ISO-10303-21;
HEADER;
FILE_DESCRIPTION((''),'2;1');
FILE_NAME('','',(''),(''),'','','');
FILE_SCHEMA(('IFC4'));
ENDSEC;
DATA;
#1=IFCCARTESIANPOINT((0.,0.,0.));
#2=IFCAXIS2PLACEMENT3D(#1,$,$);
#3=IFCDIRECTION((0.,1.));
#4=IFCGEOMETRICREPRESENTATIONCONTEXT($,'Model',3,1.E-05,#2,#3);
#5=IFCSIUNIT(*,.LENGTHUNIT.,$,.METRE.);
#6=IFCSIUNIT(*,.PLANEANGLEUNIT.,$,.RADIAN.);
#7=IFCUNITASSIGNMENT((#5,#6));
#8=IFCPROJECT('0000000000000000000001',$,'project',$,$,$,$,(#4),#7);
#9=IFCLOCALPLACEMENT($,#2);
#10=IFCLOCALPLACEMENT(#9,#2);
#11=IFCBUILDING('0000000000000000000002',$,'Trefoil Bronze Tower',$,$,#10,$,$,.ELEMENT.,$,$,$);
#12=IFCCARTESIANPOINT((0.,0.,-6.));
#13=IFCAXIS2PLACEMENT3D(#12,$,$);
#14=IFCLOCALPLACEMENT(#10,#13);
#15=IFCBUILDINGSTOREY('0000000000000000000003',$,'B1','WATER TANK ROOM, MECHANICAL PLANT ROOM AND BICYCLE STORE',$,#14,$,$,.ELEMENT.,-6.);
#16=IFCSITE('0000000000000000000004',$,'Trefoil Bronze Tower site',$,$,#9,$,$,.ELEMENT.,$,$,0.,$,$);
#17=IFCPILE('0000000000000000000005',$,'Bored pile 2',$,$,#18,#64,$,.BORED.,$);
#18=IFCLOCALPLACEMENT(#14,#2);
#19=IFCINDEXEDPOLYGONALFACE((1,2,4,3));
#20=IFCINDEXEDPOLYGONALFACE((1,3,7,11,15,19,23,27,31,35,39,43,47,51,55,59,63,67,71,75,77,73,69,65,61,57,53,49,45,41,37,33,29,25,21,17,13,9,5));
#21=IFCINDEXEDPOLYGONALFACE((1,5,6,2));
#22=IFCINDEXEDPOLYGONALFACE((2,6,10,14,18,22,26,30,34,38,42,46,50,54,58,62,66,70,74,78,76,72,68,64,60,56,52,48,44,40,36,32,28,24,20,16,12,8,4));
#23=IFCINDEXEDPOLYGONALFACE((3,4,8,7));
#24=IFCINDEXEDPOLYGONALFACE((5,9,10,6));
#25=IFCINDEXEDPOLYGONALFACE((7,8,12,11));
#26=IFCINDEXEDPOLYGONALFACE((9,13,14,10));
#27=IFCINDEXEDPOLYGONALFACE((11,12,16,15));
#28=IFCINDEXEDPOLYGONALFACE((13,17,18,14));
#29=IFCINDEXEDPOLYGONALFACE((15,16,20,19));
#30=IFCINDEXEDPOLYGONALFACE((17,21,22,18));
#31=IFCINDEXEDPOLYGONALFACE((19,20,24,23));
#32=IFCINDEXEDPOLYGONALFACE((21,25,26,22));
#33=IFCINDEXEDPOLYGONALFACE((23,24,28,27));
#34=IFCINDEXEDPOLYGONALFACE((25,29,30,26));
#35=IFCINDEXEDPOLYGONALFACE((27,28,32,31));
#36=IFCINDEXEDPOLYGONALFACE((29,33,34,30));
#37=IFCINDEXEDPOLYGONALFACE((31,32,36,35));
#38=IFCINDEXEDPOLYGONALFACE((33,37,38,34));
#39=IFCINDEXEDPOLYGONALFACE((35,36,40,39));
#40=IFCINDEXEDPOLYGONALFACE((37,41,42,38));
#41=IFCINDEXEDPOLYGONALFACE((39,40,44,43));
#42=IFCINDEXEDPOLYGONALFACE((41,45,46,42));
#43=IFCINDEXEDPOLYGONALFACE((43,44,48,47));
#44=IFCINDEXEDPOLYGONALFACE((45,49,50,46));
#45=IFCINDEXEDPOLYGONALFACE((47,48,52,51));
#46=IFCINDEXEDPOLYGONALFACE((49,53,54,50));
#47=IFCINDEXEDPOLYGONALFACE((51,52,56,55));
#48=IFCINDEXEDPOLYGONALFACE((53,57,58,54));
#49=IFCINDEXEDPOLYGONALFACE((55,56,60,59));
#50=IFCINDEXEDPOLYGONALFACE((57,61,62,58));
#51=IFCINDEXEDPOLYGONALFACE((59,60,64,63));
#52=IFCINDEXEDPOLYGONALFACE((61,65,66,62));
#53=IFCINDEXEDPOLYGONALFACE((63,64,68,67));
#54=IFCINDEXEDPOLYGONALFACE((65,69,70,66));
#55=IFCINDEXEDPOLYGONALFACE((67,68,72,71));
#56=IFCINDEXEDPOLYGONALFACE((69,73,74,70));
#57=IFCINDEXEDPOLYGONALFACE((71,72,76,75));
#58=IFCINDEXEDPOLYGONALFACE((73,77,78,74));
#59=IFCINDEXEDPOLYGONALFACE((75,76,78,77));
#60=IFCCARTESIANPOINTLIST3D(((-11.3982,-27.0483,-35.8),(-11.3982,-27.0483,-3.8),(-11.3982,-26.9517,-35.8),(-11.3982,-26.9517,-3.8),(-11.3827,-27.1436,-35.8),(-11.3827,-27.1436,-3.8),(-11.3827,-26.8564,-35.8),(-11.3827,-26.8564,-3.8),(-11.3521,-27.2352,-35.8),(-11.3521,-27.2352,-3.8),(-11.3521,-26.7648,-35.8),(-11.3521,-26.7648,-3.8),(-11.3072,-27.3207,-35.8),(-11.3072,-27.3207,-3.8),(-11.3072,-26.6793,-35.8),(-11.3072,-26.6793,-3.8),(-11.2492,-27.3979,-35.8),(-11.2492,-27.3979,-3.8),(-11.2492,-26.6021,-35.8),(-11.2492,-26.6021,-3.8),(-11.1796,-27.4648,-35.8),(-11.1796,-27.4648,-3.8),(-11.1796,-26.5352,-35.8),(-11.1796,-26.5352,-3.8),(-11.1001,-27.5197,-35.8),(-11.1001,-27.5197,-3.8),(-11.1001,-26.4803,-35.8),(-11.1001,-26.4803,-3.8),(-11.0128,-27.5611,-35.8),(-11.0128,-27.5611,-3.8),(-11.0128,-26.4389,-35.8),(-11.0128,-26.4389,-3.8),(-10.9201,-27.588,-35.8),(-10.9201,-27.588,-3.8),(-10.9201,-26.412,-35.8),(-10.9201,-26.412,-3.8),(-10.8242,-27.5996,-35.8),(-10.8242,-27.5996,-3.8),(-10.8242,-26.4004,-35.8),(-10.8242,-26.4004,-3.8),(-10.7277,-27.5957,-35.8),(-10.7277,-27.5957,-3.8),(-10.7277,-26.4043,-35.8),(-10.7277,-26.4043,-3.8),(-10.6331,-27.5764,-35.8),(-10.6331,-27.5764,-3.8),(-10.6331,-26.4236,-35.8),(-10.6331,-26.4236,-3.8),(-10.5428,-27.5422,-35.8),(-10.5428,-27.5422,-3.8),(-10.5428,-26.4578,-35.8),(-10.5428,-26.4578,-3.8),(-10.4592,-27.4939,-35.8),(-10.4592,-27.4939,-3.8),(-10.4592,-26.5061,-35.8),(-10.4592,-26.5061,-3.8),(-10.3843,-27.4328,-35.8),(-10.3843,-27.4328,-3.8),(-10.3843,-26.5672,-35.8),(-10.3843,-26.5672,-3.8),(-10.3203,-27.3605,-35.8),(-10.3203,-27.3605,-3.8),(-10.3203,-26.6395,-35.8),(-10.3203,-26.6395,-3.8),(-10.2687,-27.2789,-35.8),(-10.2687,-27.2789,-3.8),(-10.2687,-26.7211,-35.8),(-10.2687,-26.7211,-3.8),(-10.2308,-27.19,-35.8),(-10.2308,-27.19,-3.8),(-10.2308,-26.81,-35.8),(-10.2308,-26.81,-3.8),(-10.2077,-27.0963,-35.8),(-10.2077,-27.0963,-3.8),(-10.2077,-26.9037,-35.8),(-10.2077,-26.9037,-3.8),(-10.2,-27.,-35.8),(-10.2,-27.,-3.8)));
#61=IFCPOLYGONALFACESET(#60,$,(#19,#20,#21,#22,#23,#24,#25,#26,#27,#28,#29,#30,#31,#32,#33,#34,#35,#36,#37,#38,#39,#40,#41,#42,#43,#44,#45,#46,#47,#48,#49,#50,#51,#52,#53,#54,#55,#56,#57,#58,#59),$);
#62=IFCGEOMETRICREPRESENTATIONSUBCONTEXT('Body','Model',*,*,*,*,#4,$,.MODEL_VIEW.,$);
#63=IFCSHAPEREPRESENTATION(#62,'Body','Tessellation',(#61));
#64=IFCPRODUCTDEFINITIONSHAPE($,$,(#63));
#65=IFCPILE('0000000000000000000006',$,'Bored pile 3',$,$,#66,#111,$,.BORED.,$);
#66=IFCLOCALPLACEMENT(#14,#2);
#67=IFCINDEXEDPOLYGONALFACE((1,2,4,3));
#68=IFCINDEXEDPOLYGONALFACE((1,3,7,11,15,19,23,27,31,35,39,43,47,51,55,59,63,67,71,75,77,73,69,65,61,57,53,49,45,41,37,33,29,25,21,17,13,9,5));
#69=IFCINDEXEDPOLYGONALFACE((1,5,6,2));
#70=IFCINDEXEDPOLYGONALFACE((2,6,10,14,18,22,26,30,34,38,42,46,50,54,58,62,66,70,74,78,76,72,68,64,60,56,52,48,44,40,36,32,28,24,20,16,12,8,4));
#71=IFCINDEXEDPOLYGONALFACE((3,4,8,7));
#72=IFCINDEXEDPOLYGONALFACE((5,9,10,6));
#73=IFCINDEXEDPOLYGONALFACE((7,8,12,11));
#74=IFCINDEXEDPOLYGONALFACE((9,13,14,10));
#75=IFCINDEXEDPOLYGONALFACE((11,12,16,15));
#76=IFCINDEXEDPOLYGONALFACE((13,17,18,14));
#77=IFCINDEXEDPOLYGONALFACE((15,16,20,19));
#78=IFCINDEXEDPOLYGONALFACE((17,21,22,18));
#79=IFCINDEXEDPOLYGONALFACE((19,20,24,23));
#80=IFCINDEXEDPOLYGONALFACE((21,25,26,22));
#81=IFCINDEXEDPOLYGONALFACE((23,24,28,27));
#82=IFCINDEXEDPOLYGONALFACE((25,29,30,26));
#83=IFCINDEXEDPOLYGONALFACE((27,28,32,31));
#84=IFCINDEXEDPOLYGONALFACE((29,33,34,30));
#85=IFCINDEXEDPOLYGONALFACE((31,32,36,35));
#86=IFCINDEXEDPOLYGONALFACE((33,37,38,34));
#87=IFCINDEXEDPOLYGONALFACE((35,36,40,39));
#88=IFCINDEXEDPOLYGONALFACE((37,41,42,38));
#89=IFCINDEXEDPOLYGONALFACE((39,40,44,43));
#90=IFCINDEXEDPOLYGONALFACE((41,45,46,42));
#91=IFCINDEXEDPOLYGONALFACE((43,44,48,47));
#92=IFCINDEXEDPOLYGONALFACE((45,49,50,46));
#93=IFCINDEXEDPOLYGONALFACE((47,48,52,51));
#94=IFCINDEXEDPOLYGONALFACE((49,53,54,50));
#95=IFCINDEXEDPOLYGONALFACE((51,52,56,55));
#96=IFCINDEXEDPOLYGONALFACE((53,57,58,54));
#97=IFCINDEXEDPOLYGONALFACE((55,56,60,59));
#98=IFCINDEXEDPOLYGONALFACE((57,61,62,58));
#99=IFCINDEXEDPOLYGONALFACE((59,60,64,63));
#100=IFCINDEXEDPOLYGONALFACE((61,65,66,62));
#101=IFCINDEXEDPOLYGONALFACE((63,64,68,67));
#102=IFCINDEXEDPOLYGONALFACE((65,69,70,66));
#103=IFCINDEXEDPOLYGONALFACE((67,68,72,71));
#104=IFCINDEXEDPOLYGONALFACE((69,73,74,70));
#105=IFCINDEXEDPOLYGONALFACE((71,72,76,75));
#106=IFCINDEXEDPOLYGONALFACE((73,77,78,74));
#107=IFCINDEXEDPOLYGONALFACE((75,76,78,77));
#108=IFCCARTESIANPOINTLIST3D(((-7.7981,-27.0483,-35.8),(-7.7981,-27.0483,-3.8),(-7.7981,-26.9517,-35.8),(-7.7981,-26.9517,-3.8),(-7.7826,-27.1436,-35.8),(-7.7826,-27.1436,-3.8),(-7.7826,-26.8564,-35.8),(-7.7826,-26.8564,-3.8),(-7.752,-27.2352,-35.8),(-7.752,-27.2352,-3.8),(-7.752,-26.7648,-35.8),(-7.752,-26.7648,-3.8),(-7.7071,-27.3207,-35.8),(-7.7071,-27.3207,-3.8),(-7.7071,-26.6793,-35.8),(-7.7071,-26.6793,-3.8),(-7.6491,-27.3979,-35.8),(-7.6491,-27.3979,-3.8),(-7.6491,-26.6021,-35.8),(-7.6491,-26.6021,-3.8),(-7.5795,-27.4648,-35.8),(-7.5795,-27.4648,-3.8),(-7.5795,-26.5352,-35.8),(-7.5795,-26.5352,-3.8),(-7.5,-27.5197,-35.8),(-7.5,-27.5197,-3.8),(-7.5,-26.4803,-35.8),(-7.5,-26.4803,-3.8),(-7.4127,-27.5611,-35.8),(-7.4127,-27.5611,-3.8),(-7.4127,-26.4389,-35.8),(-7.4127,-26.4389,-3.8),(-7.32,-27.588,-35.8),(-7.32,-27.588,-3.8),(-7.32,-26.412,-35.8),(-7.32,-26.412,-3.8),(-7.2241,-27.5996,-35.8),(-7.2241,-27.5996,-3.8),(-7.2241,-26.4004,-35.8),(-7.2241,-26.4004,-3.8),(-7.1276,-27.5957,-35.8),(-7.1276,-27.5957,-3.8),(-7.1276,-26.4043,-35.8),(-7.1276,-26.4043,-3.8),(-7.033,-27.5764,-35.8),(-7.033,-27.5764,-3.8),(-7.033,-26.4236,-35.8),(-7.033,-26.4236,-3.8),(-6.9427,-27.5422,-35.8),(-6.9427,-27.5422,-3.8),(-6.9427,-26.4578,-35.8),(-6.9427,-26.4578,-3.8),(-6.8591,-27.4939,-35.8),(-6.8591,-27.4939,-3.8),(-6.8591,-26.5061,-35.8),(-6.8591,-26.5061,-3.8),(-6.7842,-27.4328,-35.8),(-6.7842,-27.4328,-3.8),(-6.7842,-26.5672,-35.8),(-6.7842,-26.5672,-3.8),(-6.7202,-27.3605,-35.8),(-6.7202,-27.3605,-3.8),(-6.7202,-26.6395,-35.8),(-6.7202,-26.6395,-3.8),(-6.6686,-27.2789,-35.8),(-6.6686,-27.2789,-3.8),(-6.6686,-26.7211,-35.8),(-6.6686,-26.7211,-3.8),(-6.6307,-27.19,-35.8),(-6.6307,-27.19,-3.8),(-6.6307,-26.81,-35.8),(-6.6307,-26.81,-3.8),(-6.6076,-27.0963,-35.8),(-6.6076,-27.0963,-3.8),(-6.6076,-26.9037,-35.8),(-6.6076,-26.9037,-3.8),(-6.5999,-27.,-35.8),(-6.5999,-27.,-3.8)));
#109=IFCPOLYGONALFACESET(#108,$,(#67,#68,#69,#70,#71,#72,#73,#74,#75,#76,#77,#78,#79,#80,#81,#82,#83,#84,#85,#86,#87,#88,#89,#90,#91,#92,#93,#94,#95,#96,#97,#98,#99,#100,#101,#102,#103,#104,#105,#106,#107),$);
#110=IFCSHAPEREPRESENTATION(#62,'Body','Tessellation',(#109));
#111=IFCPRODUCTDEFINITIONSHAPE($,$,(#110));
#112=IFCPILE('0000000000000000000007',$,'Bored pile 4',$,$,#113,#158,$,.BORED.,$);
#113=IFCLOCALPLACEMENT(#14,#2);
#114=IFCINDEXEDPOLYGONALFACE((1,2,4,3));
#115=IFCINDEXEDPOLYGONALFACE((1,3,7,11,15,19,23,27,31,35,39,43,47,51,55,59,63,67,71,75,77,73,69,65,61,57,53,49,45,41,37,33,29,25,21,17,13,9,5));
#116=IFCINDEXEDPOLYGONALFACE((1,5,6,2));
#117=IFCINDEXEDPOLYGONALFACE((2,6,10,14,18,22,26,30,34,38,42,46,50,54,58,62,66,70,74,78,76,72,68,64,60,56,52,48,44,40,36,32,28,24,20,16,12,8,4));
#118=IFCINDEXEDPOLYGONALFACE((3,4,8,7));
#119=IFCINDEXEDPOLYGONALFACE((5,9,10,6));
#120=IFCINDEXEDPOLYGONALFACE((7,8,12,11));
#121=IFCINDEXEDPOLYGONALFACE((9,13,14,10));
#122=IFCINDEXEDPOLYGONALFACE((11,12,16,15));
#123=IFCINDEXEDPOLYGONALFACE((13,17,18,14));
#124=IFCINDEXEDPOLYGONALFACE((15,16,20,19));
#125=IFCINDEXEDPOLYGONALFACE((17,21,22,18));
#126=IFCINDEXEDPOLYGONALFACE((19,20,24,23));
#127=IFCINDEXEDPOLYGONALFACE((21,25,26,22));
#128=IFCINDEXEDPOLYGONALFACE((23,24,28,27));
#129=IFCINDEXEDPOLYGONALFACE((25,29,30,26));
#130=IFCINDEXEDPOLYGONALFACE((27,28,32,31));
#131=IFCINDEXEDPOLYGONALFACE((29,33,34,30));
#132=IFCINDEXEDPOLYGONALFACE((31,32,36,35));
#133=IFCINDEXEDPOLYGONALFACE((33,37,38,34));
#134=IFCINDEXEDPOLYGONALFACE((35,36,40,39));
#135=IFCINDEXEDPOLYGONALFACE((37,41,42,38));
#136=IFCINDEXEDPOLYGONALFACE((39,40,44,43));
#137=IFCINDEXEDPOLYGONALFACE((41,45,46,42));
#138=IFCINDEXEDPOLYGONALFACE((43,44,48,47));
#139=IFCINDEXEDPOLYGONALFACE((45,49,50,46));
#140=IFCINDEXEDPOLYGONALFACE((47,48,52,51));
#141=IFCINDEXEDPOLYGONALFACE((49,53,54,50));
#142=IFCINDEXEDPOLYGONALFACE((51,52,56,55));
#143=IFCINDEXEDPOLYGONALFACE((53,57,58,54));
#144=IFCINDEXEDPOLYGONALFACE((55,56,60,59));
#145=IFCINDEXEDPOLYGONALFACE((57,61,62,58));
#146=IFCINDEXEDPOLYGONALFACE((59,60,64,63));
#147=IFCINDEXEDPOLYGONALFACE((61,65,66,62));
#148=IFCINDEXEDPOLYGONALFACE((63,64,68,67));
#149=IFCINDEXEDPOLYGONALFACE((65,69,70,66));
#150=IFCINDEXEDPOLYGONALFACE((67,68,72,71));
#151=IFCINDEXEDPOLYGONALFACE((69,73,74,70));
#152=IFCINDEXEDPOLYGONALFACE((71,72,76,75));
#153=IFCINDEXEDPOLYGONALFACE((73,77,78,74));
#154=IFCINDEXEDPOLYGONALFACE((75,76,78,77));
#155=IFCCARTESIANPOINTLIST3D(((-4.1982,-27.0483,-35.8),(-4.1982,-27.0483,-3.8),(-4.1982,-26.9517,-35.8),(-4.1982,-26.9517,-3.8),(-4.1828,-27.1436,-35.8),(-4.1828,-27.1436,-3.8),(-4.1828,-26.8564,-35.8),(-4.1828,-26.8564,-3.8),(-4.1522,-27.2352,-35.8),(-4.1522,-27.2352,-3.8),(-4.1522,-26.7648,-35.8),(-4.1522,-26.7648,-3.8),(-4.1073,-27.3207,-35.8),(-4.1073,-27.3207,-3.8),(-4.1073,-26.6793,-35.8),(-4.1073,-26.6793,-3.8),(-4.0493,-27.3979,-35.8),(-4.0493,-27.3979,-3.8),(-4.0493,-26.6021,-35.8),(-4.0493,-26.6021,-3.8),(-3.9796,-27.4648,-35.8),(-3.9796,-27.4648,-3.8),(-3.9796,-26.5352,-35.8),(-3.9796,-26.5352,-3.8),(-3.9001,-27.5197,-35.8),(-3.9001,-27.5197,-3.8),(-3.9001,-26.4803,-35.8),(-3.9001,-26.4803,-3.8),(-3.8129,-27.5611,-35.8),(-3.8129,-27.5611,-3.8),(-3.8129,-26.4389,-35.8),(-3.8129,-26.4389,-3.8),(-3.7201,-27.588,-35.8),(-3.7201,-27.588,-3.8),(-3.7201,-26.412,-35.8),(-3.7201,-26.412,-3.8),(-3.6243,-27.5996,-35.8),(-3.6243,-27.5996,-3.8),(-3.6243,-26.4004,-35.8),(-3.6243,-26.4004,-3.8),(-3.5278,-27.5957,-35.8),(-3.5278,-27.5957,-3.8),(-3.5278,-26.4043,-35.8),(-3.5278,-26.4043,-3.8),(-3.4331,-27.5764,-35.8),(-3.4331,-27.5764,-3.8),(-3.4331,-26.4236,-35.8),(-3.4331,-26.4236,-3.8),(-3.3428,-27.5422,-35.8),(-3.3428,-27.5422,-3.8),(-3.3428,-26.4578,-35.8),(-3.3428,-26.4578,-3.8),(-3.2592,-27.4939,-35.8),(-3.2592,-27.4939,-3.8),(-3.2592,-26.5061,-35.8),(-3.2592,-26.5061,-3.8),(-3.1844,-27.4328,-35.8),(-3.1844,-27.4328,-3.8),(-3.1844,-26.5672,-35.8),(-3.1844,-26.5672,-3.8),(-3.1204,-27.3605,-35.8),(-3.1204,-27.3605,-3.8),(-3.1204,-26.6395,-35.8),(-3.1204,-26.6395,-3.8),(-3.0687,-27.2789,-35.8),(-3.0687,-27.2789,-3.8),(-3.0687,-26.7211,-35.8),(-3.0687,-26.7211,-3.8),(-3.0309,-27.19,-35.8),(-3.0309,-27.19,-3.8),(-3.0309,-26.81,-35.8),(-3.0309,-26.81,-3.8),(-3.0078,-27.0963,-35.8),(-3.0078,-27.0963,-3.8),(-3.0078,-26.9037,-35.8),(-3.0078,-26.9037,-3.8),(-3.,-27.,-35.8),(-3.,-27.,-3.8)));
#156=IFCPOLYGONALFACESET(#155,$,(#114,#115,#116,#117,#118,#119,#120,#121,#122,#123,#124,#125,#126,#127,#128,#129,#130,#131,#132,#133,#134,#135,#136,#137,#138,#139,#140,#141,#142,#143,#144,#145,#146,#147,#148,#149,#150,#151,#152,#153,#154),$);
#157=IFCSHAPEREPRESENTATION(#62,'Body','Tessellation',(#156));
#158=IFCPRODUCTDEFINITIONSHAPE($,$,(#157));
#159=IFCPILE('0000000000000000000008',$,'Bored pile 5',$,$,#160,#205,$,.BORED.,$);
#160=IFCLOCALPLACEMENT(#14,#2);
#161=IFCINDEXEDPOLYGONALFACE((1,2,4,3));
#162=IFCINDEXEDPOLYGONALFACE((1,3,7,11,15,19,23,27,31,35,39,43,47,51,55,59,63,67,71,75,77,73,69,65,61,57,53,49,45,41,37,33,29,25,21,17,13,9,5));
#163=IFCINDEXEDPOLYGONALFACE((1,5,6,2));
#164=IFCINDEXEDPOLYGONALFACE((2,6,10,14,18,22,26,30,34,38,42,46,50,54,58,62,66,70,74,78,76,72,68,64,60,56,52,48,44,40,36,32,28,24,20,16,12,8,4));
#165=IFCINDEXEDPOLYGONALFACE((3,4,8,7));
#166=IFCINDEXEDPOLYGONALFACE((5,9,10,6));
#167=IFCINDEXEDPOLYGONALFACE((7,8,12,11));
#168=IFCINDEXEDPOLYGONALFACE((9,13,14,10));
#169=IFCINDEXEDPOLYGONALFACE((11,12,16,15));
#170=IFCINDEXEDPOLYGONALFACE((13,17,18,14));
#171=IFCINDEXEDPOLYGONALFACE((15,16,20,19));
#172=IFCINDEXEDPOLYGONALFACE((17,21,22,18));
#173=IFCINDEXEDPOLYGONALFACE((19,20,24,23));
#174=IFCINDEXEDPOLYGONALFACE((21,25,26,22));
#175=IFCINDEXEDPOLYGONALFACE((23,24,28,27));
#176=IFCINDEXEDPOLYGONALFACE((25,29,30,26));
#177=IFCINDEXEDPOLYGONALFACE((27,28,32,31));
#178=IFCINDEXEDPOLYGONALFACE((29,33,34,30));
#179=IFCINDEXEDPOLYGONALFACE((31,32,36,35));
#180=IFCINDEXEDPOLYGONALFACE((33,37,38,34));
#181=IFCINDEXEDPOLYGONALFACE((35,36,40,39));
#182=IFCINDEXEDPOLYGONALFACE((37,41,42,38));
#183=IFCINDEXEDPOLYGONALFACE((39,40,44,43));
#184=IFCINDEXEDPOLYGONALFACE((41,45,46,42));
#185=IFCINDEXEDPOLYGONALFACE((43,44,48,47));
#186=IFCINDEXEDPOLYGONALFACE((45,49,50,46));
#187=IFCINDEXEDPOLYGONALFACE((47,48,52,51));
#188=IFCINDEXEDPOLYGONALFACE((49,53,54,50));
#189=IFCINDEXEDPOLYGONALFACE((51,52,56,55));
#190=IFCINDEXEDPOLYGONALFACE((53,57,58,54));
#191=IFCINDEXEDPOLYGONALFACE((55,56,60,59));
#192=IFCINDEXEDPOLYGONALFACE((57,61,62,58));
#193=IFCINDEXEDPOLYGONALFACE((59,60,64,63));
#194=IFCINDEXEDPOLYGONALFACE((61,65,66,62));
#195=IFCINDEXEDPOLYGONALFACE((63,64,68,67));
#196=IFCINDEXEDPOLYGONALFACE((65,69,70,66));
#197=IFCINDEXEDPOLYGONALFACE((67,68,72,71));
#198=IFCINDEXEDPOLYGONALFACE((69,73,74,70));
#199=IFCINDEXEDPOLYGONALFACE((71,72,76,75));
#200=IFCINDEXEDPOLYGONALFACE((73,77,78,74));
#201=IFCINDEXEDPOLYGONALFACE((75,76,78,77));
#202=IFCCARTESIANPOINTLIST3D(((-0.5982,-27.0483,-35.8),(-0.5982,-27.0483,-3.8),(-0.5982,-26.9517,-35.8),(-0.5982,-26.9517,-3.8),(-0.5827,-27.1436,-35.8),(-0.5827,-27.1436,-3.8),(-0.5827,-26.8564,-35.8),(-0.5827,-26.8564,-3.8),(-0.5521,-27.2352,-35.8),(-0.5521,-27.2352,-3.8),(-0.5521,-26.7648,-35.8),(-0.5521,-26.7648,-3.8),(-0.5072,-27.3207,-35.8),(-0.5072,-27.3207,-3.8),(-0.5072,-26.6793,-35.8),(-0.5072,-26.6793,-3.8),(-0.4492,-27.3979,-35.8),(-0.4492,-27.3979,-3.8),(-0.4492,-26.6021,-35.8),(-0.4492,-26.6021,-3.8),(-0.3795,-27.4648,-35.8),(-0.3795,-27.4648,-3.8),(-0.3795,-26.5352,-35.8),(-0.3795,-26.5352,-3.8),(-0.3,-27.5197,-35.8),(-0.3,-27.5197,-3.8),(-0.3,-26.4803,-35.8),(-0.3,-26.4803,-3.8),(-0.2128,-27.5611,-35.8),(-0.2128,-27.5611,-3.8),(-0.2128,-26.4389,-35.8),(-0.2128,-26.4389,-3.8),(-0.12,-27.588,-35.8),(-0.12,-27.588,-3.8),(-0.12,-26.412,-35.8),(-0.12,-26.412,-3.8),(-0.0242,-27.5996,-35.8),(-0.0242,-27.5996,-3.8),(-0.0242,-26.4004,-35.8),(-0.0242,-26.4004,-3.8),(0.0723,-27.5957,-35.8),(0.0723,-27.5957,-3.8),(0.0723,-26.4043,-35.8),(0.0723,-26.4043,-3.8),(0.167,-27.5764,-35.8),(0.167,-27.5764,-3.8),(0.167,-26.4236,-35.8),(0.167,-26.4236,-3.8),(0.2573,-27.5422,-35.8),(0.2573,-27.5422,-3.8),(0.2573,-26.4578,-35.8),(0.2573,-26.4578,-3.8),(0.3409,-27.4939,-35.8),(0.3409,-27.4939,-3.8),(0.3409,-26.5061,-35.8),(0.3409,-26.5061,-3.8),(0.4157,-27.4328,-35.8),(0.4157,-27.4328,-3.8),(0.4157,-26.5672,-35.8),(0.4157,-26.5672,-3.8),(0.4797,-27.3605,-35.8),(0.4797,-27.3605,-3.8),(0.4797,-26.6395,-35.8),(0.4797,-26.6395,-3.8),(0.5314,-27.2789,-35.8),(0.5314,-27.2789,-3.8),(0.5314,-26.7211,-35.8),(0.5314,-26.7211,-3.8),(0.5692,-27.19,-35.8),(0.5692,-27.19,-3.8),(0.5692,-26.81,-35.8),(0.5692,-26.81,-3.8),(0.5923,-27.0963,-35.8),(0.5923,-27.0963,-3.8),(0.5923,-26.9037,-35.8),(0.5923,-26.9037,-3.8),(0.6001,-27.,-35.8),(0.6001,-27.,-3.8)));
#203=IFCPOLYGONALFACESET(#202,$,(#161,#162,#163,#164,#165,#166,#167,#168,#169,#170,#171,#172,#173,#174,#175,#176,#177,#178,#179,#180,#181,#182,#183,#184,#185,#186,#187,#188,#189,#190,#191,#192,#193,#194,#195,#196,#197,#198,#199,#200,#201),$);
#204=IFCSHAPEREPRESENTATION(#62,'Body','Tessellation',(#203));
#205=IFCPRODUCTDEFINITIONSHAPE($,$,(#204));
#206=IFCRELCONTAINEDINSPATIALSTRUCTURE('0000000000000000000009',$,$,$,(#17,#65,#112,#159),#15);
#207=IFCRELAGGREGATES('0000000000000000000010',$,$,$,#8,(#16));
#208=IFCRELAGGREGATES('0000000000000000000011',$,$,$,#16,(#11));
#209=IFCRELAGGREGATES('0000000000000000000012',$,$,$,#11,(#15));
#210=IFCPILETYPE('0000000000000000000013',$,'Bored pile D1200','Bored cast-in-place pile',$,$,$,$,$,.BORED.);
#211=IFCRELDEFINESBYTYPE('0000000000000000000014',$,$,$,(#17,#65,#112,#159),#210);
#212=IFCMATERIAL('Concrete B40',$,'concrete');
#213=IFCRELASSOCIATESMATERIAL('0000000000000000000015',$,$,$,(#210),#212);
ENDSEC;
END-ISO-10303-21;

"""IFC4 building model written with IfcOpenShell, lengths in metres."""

from ifc_helpers import new_model, si_unit, direction, frame, origin, origin_2d, place, context, subcontext, project, spatial, circle, extrude, material, type_object, element, save


model = new_model("IFC4")

# Units and contexts
model_context = context("Model", 3, precision=1e-05, world=origin(), true_north=direction((0.0, 1.0)))
body_context = subcontext(model_context, "Body", "Model", "MODEL_VIEW")
ifc_project = project(units=[si_unit("LENGTHUNIT", "METRE"), si_unit("PLANEANGLEUNIT", "RADIAN")], contexts=[model_context])

# Site, building, storey
site_placement = place(None, origin())
site = spatial("IfcSite", under=ifc_project, at=site_placement, Name="Trefoil Bronze Tower site", CompositionType="ELEMENT", RefElevation=0.0)
building_placement = place(site_placement, origin())
building = spatial("IfcBuilding", under=site, at=building_placement, Name="Trefoil Bronze Tower", CompositionType="ELEMENT")
storey_placement = place(building_placement, frame((0.0, 0.0, -6.0)))
storey = spatial("IfcBuildingStorey", under=building, at=storey_placement, Name="B1", Description="WATER TANK ROOM, MECHANICAL PLANT ROOM AND BICYCLE STORE", CompositionType="ELEMENT", Elevation=-6.0)

# Piles
ifc_material_1 = material(Name="Concrete B40", Category="concrete")
pile_type = type_object("IfcPileType", Name="Bored pile D1200", Description="Bored cast-in-place pile", PredefinedType="BORED", material=ifc_material_1)
for number, where, z_axis, x_axis, name in (
    (1, (-10.8, -27.0, -3.8), (0.0, 0.0, -1.0), (1.0, 0.0, 0.0), "Bored pile 2"),
    (2, (-7.2, -27.0, -3.8), (0.0, 0.0, -1.0), (1.0, 0.0, 0.0), "Bored pile 3"),
    (3, (-3.6001, -27.0, -3.8), (0.0, 0.0, -1.0), (1.0, 0.0, 0.0), "Bored pile 4"),
    (4, (0.0, -27.0, -3.8), (0.0, 0.0, -1.0), (1.0, 0.0, 0.0), "Bored pile 5"),
):
    element("IfcPile", number, at=place(storey_placement, frame(where, z_axis=z_axis, x_axis=x_axis)), inside=storey, type_object=pile_type, Name=name, PredefinedType="BORED", context=body_context, shape_type="SweptSolid", body=[
        extrude(circle(Radius=0.6001, at=origin_2d()), origin(), (0.0, 0.0, 1.0), 32.0),
    ])

save(model, "model.ifc")
